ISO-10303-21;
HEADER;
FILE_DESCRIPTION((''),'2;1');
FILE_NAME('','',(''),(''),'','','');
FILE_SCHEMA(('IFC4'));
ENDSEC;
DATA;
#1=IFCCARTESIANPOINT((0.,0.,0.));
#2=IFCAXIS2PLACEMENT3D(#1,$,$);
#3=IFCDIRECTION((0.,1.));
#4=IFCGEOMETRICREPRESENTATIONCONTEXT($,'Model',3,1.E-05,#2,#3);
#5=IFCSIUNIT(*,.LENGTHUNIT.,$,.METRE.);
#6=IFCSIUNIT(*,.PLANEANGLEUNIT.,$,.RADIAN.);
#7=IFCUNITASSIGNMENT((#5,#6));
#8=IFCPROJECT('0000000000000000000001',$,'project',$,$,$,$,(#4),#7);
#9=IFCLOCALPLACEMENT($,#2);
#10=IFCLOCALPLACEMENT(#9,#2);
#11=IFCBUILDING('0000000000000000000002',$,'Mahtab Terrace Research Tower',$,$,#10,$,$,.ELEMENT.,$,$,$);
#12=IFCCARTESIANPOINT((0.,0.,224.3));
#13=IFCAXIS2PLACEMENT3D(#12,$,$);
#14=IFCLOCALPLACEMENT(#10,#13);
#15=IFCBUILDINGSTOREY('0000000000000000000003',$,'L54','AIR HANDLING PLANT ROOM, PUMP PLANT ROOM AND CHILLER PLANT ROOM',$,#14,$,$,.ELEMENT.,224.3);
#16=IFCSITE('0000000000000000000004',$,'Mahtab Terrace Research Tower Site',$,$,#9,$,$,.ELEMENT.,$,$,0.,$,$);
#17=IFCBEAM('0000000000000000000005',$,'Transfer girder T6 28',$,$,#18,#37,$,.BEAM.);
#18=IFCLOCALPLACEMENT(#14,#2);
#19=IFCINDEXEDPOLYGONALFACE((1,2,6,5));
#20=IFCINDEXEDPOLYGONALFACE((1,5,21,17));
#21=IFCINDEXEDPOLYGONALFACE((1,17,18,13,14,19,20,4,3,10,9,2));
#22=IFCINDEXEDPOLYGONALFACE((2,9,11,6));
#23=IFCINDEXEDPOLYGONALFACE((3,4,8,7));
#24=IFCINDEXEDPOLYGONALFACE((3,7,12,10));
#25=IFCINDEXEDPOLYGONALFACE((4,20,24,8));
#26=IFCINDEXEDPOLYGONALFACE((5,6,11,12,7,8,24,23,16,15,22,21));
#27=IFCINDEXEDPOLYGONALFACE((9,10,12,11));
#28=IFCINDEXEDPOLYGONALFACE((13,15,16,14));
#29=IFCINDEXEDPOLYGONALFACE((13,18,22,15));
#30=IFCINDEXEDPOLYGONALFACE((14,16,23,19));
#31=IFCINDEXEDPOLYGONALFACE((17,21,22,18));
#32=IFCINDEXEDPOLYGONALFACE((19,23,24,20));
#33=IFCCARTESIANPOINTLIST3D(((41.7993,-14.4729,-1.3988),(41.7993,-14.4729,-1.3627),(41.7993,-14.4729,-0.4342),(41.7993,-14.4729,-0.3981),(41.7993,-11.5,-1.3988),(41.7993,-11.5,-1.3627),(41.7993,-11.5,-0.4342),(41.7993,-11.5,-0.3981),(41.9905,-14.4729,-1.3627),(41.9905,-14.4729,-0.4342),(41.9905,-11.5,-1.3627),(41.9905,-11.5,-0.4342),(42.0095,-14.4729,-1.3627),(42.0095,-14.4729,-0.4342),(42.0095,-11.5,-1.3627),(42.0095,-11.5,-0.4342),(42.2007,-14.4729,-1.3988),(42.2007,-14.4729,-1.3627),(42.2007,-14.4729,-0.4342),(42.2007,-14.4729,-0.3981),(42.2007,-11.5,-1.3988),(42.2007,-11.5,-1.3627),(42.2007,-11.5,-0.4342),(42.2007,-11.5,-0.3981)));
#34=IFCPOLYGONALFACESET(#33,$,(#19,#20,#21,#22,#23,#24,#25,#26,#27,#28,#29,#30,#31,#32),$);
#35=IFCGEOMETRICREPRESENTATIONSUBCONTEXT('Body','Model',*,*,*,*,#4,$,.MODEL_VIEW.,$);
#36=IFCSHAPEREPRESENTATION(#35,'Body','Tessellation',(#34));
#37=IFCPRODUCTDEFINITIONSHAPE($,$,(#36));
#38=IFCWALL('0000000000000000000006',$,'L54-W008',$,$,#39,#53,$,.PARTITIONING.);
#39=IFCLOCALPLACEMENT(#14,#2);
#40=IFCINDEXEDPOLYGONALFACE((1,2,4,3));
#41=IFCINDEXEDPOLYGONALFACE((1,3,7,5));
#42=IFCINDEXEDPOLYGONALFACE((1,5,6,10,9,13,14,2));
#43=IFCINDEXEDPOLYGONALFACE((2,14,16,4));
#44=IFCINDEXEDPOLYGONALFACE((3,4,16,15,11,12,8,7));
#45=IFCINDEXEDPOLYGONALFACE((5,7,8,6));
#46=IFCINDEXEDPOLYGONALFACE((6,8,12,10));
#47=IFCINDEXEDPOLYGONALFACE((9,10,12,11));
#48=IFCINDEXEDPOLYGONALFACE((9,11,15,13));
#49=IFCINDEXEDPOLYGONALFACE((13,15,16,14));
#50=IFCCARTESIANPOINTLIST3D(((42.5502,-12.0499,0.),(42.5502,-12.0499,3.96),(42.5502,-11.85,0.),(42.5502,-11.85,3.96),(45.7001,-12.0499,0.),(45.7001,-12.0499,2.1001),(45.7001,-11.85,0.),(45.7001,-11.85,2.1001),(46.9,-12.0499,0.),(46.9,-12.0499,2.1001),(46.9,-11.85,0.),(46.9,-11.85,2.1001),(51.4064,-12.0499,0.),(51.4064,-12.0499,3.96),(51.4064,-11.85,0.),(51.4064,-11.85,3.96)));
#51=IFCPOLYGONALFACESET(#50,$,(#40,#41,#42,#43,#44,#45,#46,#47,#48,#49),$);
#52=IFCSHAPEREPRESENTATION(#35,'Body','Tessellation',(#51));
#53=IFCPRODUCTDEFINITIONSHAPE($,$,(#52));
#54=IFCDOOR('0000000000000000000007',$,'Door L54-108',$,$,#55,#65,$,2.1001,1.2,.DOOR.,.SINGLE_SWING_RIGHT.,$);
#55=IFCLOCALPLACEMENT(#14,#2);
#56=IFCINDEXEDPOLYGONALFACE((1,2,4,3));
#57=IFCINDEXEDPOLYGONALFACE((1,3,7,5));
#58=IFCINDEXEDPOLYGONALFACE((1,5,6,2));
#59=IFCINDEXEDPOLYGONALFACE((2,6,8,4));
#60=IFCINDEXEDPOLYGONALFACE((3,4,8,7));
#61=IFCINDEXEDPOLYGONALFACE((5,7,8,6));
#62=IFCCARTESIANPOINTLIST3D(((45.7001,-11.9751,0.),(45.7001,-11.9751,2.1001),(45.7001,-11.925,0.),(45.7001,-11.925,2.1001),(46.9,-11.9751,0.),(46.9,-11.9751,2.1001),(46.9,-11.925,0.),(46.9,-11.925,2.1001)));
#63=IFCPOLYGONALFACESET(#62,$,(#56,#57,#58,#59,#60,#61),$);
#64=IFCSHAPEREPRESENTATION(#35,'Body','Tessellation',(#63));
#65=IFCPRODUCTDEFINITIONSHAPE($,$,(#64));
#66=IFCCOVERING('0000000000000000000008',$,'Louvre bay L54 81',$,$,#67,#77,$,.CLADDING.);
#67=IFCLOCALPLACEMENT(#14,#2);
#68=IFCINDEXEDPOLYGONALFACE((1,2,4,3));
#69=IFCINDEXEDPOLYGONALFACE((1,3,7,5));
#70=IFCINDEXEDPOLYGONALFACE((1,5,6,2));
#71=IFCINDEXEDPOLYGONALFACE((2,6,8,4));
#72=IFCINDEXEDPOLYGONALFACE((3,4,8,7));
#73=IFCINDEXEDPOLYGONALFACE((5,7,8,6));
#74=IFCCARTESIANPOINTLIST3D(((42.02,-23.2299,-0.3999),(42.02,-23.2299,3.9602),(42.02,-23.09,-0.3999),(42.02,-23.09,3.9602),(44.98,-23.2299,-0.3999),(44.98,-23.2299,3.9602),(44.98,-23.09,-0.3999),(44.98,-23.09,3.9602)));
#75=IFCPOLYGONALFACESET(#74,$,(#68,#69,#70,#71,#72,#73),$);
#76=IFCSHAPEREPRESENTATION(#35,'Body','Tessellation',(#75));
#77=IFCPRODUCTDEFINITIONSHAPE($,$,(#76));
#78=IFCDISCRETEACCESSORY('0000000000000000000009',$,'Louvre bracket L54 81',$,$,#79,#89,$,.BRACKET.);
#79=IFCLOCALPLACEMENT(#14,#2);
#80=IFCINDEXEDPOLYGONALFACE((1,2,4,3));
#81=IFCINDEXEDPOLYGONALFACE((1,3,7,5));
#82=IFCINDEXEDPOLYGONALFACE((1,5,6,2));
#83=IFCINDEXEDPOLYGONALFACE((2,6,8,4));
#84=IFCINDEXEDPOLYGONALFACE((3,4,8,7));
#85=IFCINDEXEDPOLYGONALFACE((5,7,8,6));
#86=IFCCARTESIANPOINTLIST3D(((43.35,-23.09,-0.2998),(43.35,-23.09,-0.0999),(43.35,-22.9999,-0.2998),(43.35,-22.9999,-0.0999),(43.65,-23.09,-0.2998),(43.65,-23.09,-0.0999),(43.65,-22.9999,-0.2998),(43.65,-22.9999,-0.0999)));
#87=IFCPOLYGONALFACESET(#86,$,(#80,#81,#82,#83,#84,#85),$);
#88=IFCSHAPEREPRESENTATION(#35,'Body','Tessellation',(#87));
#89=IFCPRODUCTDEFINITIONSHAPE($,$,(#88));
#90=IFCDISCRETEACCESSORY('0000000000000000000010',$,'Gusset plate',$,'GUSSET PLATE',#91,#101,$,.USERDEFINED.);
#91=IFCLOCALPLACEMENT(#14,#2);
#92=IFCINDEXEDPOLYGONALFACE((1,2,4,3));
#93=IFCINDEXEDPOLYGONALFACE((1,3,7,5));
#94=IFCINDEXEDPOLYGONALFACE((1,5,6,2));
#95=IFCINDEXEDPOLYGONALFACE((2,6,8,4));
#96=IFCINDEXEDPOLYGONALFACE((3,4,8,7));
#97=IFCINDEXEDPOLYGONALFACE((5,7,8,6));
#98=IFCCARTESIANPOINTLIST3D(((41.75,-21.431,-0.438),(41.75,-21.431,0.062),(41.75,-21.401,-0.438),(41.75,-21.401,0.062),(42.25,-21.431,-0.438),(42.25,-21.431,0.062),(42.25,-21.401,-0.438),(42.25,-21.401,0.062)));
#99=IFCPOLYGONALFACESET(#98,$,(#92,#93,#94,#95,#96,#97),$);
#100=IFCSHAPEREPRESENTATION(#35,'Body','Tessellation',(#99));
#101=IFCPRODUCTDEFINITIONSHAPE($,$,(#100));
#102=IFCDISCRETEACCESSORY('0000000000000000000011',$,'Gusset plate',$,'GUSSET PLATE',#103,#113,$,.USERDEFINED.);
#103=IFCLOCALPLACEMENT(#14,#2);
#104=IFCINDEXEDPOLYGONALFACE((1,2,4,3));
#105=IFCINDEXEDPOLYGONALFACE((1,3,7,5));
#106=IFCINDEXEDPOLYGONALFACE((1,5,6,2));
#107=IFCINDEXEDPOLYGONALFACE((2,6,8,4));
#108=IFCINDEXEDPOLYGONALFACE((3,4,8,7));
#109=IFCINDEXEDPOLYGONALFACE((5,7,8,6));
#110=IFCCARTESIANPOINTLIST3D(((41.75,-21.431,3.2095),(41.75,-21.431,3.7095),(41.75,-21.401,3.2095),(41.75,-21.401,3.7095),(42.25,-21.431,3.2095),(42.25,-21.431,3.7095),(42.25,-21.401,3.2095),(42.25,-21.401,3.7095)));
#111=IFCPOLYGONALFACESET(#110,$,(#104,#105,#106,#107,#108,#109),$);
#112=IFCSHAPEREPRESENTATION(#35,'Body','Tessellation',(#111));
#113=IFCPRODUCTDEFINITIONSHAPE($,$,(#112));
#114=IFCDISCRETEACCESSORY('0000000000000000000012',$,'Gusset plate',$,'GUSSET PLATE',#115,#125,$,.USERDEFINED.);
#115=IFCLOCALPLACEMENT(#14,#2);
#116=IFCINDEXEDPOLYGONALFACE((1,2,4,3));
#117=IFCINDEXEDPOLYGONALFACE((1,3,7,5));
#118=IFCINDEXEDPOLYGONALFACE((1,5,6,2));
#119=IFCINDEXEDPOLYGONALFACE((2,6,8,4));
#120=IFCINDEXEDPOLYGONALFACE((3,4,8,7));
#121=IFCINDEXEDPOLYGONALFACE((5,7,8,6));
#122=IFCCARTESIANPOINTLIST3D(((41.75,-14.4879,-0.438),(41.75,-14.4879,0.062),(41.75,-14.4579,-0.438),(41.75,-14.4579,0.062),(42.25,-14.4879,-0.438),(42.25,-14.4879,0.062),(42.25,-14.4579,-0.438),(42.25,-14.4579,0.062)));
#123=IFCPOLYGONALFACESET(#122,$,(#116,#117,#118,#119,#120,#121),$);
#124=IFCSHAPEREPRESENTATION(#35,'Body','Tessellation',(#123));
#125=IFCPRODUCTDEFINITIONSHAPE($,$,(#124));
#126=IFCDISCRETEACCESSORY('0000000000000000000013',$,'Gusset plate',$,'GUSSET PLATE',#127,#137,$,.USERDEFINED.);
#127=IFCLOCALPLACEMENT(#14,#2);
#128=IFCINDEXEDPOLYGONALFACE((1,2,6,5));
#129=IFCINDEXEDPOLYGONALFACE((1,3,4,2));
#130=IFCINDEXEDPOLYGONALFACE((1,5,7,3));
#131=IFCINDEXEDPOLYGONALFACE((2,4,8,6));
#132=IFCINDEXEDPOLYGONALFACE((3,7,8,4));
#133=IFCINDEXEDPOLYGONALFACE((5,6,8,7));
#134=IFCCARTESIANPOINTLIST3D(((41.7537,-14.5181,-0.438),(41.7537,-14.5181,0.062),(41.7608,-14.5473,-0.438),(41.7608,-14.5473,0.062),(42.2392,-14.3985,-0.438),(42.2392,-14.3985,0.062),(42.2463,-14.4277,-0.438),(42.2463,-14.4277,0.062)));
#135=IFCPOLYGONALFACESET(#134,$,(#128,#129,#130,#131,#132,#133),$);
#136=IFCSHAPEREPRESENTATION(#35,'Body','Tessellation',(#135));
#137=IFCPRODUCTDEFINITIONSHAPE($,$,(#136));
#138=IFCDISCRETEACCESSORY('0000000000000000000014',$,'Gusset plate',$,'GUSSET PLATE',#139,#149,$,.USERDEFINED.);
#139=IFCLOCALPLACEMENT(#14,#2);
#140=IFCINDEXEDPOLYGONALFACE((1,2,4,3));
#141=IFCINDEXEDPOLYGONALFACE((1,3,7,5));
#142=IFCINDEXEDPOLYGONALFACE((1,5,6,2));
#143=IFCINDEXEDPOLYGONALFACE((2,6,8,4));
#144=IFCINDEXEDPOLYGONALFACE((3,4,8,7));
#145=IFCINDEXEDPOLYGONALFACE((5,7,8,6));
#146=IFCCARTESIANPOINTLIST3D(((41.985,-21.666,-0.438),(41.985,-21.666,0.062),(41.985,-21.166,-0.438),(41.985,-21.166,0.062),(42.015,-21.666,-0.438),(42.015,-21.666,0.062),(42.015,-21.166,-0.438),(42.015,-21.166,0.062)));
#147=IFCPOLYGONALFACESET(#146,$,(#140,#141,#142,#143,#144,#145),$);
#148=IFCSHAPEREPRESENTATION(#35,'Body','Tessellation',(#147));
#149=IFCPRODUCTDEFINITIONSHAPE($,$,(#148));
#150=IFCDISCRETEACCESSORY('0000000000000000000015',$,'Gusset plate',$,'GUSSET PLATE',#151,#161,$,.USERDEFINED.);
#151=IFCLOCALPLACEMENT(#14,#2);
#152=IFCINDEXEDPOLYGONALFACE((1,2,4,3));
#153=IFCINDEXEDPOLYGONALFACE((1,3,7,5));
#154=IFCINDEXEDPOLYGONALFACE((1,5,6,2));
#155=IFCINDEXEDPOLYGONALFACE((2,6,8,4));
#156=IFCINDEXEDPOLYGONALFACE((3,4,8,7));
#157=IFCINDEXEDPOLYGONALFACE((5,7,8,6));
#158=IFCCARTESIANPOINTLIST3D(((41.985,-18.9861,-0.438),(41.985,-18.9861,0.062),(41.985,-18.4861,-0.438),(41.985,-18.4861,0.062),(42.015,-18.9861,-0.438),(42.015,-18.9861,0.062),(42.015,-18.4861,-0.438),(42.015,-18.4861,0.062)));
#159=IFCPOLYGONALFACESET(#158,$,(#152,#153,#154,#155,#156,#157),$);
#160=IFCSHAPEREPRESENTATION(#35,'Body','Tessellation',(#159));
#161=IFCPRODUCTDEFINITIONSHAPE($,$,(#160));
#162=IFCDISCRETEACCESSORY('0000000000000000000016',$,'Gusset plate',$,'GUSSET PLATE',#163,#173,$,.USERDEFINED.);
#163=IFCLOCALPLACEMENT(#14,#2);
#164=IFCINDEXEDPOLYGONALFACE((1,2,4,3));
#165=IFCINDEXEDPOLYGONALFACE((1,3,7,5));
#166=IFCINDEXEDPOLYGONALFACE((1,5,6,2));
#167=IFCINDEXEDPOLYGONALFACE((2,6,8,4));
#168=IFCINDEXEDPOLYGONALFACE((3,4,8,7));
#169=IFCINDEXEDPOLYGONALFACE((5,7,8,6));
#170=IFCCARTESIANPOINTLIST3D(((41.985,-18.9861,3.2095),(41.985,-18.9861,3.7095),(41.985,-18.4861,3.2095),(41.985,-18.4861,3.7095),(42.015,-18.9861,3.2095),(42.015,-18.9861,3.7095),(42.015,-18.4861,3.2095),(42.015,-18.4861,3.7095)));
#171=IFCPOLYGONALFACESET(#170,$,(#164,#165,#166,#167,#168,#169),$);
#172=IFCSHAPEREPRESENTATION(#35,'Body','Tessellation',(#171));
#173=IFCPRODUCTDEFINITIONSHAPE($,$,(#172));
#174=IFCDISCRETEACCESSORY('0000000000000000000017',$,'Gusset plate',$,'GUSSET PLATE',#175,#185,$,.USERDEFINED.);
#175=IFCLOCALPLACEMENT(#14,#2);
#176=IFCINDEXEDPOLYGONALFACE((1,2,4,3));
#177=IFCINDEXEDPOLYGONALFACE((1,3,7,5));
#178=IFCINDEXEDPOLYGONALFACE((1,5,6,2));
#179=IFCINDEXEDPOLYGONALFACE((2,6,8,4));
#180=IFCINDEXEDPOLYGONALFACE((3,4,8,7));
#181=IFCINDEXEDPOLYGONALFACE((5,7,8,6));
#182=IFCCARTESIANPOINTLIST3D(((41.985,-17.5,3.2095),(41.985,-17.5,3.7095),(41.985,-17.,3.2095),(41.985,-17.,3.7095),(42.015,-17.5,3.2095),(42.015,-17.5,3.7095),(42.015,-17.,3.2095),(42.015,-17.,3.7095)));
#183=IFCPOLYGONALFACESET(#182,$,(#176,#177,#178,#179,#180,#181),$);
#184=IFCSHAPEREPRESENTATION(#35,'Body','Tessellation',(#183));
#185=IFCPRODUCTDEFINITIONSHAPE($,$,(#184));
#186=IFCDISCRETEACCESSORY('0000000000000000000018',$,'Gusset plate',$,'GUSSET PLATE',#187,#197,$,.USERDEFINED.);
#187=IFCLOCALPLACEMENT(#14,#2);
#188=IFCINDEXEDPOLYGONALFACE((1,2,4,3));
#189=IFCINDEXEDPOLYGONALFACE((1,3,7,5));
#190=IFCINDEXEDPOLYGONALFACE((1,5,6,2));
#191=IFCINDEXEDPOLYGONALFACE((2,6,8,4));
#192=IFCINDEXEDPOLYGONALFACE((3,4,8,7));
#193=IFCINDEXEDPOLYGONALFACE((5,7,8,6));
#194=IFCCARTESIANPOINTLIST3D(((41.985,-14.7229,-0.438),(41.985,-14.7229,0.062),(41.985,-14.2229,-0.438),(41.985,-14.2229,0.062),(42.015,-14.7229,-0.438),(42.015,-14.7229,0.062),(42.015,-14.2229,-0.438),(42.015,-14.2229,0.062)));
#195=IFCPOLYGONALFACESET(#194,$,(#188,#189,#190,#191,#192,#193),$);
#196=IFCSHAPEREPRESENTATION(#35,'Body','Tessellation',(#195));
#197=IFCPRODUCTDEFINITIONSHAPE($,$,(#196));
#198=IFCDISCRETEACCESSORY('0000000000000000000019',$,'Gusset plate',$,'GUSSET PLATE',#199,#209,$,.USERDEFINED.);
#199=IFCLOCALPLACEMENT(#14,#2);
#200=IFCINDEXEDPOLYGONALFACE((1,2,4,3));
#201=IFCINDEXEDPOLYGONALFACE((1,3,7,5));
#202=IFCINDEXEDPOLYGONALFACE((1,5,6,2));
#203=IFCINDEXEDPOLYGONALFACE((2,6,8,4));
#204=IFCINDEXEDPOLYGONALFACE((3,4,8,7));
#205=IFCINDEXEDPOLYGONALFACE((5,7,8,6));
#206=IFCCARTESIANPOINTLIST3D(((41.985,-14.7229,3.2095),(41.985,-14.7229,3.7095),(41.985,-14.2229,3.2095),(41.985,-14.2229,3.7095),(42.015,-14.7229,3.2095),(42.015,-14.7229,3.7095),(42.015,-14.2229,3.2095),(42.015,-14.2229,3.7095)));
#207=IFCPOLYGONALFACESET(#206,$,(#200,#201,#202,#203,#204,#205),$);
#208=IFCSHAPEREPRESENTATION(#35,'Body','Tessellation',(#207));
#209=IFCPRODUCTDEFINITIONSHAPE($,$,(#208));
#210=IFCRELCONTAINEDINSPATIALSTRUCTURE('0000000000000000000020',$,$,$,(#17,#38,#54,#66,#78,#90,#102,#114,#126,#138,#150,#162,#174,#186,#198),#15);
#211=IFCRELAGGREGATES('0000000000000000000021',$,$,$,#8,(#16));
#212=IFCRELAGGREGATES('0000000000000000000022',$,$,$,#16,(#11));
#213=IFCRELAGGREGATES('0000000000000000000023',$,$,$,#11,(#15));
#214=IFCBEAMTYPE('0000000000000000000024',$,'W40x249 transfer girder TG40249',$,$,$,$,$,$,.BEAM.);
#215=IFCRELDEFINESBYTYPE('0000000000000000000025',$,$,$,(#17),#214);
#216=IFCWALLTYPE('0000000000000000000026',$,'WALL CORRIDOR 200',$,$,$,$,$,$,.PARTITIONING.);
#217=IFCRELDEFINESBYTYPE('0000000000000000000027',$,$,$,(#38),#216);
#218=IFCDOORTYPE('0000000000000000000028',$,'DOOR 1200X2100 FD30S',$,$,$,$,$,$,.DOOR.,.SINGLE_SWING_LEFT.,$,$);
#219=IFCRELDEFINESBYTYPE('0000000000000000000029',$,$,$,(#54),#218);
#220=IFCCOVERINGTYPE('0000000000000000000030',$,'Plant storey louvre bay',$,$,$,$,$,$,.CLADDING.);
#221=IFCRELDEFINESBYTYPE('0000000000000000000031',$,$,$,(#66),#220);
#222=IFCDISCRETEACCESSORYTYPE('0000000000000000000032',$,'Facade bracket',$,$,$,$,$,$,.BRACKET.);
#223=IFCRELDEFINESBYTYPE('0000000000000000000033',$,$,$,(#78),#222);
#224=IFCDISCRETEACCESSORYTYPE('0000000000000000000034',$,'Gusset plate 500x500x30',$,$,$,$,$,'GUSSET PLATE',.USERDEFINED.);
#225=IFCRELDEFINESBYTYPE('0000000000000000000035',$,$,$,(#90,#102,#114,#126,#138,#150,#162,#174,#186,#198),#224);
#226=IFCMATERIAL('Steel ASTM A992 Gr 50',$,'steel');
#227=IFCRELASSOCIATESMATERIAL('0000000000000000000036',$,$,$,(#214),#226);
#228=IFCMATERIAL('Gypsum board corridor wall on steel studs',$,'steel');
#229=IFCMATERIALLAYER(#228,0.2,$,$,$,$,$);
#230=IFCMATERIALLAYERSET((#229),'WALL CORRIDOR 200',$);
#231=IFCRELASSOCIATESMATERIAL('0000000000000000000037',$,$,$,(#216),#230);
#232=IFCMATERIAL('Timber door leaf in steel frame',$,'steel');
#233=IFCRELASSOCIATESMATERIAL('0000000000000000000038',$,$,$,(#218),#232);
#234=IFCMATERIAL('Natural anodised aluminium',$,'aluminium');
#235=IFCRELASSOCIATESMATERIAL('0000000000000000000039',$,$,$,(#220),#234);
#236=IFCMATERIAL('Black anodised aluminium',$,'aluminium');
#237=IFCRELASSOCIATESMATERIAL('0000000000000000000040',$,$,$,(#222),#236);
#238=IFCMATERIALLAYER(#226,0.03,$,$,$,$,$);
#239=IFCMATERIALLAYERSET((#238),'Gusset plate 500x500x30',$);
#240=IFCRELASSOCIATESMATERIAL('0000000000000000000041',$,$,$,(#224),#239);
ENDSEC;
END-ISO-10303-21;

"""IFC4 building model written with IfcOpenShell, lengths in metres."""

from ifc_helpers import new_model, si_unit, direction, frame, frame_2d, origin, origin_2d, place, context, subcontext, project, spatial, rectangle, i_section, extrude, material, layer, layer_set, material_profile, profile_set, type_object, element, fill, save


model = new_model("IFC4")

# Units and contexts
model_context = context("Model", 3, precision=1e-05, world=origin(), true_north=direction((0.0, 1.0)))
body_context = subcontext(model_context, "Body", "Model", "MODEL_VIEW")
ifc_project = project(units=[si_unit("LENGTHUNIT", "METRE"), si_unit("PLANEANGLEUNIT", "RADIAN")], contexts=[model_context])

# Site, building, storey
site_placement = place(None, origin())
site = spatial("IfcSite", under=ifc_project, at=site_placement, Name="Mahtab Terrace Research Tower Site", CompositionType="ELEMENT", RefElevation=0.0)
building_placement = place(site_placement, origin())
building = spatial("IfcBuilding", under=site, at=building_placement, Name="Mahtab Terrace Research Tower", CompositionType="ELEMENT")
storey_placement = place(building_placement, frame((0.0, 0.0, 224.3)))
storey = spatial("IfcBuildingStorey", under=building, at=storey_placement, Name="L54", Description="AIR HANDLING PLANT ROOM, PUMP PLANT ROOM AND CHILLER PLANT ROOM", CompositionType="ELEMENT", Elevation=224.3)

# Shared definitions
ifc_material_1 = material(Name="Steel ASTM A992 Gr 50", Category="steel")

# Beam
ifc_material_profile_1 = material_profile(ifc_material_1, i_section(OverallWidth=0.4014, OverallDepth=1.0007, WebThickness=0.019, FlangeThickness=0.0361, at=origin_2d()), Name="W40X249")
ifc_profile_set_1 = profile_set([ifc_material_profile_1], Name="Steel ASTM A992 Gr 50")
beam_type = type_object("IfcBeamType", Name="W40x249 transfer girder TG40249", PredefinedType="BEAM", material=ifc_profile_set_1)
beam_placement = place(storey_placement, frame((42.0, -14.4729, -0.8984), z_axis=(0.0, 1.0, 0.0), x_axis=(-1.0, 0.0, 0.0)))
element("IfcBeam", 1, at=beam_placement, inside=storey, type_object=beam_type, Name="Transfer girder T6 28", PredefinedType="BEAM", context=body_context, shape_type="SweptSolid", body=[
    extrude(i_section(OverallWidth=0.4014, OverallDepth=1.0007, WebThickness=0.019, FlangeThickness=0.0361, at=origin_2d()), origin(), (0.0, 0.0, 1.0), 2.9729),
])

# Wall, opening, door
ifc_material_2 = material(Name="Gypsum board corridor wall on steel studs", Category="steel")
ifc_layer_1 = layer(ifc_material_2, 0.2)
ifc_layer_set_1 = layer_set([ifc_layer_1], Name="WALL CORRIDOR 200")
wall_type = type_object("IfcWallType", Name="WALL CORRIDOR 200", PredefinedType="PARTITIONING", material=ifc_layer_set_1)
wall_placement = place(storey_placement, frame((42.55, -11.95, 0.0), z_axis=(0.0, 0.0, 1.0), x_axis=(1.0, 0.0, 0.0)))
wall = element("IfcWall", 2, at=wall_placement, inside=storey, type_object=wall_type, Name="L54-W008", PredefinedType="PARTITIONING", context=body_context, shape_type="SweptSolid", body=[
    extrude(rectangle(XDim=8.8562, YDim=0.2, at=frame_2d((4.4282, 0.0))), origin(), (0.0, 0.0, 1.0), 3.96),
])
opening_placement = place(wall_placement, frame((3.1499, 0.0, 0.0)))
opening = element("IfcOpeningElement", 3, at=opening_placement, cuts=wall, PredefinedType="OPENING", context=body_context, shape_type="SweptSolid", body=[
    extrude(rectangle(XDim=1.2, YDim=2.1001, at=frame_2d((0.6001, 1.05))), frame((0.0, 0.1099, 0.0), z_axis=(0.0, -1.0, 0.0), x_axis=(1.0, 0.0, 0.0)), (0.0, 0.0, 1.0), 0.22),
])
ifc_material_3 = material(Name="Timber door leaf in steel frame", Category="steel")
door_type = type_object("IfcDoorType", Name="DOOR 1200X2100 FD30S", OperationType="SINGLE_SWING_LEFT", PredefinedType="DOOR", material=ifc_material_3)
door_placement = place(opening_placement, origin())
door = element("IfcDoor", 4, at=door_placement, inside=storey, type_object=door_type, Name="Door L54-108", OperationType="SINGLE_SWING_RIGHT", OverallHeight=2.1001, OverallWidth=1.2, PredefinedType="DOOR", context=body_context, shape_type="SweptSolid", body=[
    extrude(rectangle(XDim=1.2, YDim=2.1001, at=frame_2d((0.6001, 1.05))), frame((0.0, 0.0249, 0.0), z_axis=(0.0, -1.0, 0.0), x_axis=(1.0, 0.0, 0.0)), (0.0, 0.0, 1.0), 0.05),
])
fill(opening, door)

# Covering
ifc_material_4 = material(Name="Natural anodised aluminium", Category="aluminium")
covering_type = type_object("IfcCoveringType", Name="Plant storey louvre bay", PredefinedType="CLADDING", material=ifc_material_4)
covering_placement = place(storey_placement, frame((43.5, -23.1599, -0.3999), z_axis=(0.0, 0.0, 1.0), x_axis=(1.0, 0.0, 0.0)))
element("IfcCovering", 5, at=covering_placement, inside=storey, type_object=covering_type, Name="Louvre bay L54 81", PredefinedType="CLADDING", context=body_context, shape_type="SweptSolid", body=[
    extrude(rectangle(XDim=2.96, YDim=0.1399, at=origin_2d()), origin(), (0.0, 0.0, 1.0), 4.3601),
])

# Discrete accessories
ifc_material_5 = material(Name="Black anodised aluminium", Category="aluminium")
discrete_accessory_type_1 = type_object("IfcDiscreteAccessoryType", Name="Facade bracket", PredefinedType="BRACKET", material=ifc_material_5)
discrete_accessory_placement = place(storey_placement, frame((43.5, -23.0449, -0.2998), z_axis=(0.0, 0.0, 1.0), x_axis=(1.0, 0.0, 0.0)))
element("IfcDiscreteAccessory", 6, at=discrete_accessory_placement, inside=storey, type_object=discrete_accessory_type_1, Name="Louvre bracket L54 81", PredefinedType="BRACKET", context=body_context, shape_type="SweptSolid", body=[
    extrude(rectangle(XDim=0.3, YDim=0.0901, at=origin_2d()), origin(), (0.0, 0.0, 1.0), 0.2),
])
ifc_layer_2 = layer(ifc_material_1, 0.03)
ifc_layer_set_2 = layer_set([ifc_layer_2], Name="Gusset plate 500x500x30")
discrete_accessory_type_2 = type_object("IfcDiscreteAccessoryType", Name="Gusset plate 500x500x30", ElementType="GUSSET PLATE", PredefinedType="USERDEFINED", material=ifc_layer_set_2)
for number, where, z_axis, x_axis, name in (
    (7, (42.0, -21.416, -0.438), (0.0, 0.0, 1.0), (1.0, 0.0, 0.0), "Gusset plate"),
    (8, (42.0, -21.416, 3.2095), (0.0, 0.0, 1.0), (1.0, 0.0, 0.0), "Gusset plate"),
    (9, (42.0, -14.4729, -0.438), (0.0, 0.0, 1.0), (1.0, 0.0, 0.0), "Gusset plate"),
    (10, (42.0, -14.4729, -0.438), (0.0, 0.0, 1.0), (0.970997, 0.239093, 0.0), "Gusset plate"),
    (11, (42.0, -21.416, -0.438), (0.0, 0.0, 1.0), (0.0, 1.0, 0.0), "Gusset plate"),
    (12, (42.0, -18.7361, -0.438), (0.0, 0.0, 1.0), (0.0, 1.0, 0.0), "Gusset plate"),
    (13, (42.0, -18.7361, 3.2095), (0.0, 0.0, 1.0), (0.0, 1.0, 0.0), "Gusset plate"),
    (14, (42.0, -17.25, 3.2095), (0.0, 0.0, 1.0), (0.0, 1.0, 0.0), "Gusset plate"),
    (15, (42.0, -14.4729, -0.438), (0.0, 0.0, 1.0), (0.0, 1.0, 0.0), "Gusset plate"),
    (16, (42.0, -14.4729, 3.2095), (0.0, 0.0, 1.0), (0.0, 1.0, 0.0), "Gusset plate"),
):
    element("IfcDiscreteAccessory", number, at=place(storey_placement, frame(where, z_axis=z_axis, x_axis=x_axis)), inside=storey, type_object=discrete_accessory_type_2, Name=name, ObjectType="GUSSET PLATE", PredefinedType="USERDEFINED", context=body_context, shape_type="SweptSolid", body=[
        extrude(rectangle(XDim=0.5, YDim=0.03, at=origin_2d()), origin(), (0.0, 0.0, 1.0), 0.5),
    ])

save(model, "model.ifc")
